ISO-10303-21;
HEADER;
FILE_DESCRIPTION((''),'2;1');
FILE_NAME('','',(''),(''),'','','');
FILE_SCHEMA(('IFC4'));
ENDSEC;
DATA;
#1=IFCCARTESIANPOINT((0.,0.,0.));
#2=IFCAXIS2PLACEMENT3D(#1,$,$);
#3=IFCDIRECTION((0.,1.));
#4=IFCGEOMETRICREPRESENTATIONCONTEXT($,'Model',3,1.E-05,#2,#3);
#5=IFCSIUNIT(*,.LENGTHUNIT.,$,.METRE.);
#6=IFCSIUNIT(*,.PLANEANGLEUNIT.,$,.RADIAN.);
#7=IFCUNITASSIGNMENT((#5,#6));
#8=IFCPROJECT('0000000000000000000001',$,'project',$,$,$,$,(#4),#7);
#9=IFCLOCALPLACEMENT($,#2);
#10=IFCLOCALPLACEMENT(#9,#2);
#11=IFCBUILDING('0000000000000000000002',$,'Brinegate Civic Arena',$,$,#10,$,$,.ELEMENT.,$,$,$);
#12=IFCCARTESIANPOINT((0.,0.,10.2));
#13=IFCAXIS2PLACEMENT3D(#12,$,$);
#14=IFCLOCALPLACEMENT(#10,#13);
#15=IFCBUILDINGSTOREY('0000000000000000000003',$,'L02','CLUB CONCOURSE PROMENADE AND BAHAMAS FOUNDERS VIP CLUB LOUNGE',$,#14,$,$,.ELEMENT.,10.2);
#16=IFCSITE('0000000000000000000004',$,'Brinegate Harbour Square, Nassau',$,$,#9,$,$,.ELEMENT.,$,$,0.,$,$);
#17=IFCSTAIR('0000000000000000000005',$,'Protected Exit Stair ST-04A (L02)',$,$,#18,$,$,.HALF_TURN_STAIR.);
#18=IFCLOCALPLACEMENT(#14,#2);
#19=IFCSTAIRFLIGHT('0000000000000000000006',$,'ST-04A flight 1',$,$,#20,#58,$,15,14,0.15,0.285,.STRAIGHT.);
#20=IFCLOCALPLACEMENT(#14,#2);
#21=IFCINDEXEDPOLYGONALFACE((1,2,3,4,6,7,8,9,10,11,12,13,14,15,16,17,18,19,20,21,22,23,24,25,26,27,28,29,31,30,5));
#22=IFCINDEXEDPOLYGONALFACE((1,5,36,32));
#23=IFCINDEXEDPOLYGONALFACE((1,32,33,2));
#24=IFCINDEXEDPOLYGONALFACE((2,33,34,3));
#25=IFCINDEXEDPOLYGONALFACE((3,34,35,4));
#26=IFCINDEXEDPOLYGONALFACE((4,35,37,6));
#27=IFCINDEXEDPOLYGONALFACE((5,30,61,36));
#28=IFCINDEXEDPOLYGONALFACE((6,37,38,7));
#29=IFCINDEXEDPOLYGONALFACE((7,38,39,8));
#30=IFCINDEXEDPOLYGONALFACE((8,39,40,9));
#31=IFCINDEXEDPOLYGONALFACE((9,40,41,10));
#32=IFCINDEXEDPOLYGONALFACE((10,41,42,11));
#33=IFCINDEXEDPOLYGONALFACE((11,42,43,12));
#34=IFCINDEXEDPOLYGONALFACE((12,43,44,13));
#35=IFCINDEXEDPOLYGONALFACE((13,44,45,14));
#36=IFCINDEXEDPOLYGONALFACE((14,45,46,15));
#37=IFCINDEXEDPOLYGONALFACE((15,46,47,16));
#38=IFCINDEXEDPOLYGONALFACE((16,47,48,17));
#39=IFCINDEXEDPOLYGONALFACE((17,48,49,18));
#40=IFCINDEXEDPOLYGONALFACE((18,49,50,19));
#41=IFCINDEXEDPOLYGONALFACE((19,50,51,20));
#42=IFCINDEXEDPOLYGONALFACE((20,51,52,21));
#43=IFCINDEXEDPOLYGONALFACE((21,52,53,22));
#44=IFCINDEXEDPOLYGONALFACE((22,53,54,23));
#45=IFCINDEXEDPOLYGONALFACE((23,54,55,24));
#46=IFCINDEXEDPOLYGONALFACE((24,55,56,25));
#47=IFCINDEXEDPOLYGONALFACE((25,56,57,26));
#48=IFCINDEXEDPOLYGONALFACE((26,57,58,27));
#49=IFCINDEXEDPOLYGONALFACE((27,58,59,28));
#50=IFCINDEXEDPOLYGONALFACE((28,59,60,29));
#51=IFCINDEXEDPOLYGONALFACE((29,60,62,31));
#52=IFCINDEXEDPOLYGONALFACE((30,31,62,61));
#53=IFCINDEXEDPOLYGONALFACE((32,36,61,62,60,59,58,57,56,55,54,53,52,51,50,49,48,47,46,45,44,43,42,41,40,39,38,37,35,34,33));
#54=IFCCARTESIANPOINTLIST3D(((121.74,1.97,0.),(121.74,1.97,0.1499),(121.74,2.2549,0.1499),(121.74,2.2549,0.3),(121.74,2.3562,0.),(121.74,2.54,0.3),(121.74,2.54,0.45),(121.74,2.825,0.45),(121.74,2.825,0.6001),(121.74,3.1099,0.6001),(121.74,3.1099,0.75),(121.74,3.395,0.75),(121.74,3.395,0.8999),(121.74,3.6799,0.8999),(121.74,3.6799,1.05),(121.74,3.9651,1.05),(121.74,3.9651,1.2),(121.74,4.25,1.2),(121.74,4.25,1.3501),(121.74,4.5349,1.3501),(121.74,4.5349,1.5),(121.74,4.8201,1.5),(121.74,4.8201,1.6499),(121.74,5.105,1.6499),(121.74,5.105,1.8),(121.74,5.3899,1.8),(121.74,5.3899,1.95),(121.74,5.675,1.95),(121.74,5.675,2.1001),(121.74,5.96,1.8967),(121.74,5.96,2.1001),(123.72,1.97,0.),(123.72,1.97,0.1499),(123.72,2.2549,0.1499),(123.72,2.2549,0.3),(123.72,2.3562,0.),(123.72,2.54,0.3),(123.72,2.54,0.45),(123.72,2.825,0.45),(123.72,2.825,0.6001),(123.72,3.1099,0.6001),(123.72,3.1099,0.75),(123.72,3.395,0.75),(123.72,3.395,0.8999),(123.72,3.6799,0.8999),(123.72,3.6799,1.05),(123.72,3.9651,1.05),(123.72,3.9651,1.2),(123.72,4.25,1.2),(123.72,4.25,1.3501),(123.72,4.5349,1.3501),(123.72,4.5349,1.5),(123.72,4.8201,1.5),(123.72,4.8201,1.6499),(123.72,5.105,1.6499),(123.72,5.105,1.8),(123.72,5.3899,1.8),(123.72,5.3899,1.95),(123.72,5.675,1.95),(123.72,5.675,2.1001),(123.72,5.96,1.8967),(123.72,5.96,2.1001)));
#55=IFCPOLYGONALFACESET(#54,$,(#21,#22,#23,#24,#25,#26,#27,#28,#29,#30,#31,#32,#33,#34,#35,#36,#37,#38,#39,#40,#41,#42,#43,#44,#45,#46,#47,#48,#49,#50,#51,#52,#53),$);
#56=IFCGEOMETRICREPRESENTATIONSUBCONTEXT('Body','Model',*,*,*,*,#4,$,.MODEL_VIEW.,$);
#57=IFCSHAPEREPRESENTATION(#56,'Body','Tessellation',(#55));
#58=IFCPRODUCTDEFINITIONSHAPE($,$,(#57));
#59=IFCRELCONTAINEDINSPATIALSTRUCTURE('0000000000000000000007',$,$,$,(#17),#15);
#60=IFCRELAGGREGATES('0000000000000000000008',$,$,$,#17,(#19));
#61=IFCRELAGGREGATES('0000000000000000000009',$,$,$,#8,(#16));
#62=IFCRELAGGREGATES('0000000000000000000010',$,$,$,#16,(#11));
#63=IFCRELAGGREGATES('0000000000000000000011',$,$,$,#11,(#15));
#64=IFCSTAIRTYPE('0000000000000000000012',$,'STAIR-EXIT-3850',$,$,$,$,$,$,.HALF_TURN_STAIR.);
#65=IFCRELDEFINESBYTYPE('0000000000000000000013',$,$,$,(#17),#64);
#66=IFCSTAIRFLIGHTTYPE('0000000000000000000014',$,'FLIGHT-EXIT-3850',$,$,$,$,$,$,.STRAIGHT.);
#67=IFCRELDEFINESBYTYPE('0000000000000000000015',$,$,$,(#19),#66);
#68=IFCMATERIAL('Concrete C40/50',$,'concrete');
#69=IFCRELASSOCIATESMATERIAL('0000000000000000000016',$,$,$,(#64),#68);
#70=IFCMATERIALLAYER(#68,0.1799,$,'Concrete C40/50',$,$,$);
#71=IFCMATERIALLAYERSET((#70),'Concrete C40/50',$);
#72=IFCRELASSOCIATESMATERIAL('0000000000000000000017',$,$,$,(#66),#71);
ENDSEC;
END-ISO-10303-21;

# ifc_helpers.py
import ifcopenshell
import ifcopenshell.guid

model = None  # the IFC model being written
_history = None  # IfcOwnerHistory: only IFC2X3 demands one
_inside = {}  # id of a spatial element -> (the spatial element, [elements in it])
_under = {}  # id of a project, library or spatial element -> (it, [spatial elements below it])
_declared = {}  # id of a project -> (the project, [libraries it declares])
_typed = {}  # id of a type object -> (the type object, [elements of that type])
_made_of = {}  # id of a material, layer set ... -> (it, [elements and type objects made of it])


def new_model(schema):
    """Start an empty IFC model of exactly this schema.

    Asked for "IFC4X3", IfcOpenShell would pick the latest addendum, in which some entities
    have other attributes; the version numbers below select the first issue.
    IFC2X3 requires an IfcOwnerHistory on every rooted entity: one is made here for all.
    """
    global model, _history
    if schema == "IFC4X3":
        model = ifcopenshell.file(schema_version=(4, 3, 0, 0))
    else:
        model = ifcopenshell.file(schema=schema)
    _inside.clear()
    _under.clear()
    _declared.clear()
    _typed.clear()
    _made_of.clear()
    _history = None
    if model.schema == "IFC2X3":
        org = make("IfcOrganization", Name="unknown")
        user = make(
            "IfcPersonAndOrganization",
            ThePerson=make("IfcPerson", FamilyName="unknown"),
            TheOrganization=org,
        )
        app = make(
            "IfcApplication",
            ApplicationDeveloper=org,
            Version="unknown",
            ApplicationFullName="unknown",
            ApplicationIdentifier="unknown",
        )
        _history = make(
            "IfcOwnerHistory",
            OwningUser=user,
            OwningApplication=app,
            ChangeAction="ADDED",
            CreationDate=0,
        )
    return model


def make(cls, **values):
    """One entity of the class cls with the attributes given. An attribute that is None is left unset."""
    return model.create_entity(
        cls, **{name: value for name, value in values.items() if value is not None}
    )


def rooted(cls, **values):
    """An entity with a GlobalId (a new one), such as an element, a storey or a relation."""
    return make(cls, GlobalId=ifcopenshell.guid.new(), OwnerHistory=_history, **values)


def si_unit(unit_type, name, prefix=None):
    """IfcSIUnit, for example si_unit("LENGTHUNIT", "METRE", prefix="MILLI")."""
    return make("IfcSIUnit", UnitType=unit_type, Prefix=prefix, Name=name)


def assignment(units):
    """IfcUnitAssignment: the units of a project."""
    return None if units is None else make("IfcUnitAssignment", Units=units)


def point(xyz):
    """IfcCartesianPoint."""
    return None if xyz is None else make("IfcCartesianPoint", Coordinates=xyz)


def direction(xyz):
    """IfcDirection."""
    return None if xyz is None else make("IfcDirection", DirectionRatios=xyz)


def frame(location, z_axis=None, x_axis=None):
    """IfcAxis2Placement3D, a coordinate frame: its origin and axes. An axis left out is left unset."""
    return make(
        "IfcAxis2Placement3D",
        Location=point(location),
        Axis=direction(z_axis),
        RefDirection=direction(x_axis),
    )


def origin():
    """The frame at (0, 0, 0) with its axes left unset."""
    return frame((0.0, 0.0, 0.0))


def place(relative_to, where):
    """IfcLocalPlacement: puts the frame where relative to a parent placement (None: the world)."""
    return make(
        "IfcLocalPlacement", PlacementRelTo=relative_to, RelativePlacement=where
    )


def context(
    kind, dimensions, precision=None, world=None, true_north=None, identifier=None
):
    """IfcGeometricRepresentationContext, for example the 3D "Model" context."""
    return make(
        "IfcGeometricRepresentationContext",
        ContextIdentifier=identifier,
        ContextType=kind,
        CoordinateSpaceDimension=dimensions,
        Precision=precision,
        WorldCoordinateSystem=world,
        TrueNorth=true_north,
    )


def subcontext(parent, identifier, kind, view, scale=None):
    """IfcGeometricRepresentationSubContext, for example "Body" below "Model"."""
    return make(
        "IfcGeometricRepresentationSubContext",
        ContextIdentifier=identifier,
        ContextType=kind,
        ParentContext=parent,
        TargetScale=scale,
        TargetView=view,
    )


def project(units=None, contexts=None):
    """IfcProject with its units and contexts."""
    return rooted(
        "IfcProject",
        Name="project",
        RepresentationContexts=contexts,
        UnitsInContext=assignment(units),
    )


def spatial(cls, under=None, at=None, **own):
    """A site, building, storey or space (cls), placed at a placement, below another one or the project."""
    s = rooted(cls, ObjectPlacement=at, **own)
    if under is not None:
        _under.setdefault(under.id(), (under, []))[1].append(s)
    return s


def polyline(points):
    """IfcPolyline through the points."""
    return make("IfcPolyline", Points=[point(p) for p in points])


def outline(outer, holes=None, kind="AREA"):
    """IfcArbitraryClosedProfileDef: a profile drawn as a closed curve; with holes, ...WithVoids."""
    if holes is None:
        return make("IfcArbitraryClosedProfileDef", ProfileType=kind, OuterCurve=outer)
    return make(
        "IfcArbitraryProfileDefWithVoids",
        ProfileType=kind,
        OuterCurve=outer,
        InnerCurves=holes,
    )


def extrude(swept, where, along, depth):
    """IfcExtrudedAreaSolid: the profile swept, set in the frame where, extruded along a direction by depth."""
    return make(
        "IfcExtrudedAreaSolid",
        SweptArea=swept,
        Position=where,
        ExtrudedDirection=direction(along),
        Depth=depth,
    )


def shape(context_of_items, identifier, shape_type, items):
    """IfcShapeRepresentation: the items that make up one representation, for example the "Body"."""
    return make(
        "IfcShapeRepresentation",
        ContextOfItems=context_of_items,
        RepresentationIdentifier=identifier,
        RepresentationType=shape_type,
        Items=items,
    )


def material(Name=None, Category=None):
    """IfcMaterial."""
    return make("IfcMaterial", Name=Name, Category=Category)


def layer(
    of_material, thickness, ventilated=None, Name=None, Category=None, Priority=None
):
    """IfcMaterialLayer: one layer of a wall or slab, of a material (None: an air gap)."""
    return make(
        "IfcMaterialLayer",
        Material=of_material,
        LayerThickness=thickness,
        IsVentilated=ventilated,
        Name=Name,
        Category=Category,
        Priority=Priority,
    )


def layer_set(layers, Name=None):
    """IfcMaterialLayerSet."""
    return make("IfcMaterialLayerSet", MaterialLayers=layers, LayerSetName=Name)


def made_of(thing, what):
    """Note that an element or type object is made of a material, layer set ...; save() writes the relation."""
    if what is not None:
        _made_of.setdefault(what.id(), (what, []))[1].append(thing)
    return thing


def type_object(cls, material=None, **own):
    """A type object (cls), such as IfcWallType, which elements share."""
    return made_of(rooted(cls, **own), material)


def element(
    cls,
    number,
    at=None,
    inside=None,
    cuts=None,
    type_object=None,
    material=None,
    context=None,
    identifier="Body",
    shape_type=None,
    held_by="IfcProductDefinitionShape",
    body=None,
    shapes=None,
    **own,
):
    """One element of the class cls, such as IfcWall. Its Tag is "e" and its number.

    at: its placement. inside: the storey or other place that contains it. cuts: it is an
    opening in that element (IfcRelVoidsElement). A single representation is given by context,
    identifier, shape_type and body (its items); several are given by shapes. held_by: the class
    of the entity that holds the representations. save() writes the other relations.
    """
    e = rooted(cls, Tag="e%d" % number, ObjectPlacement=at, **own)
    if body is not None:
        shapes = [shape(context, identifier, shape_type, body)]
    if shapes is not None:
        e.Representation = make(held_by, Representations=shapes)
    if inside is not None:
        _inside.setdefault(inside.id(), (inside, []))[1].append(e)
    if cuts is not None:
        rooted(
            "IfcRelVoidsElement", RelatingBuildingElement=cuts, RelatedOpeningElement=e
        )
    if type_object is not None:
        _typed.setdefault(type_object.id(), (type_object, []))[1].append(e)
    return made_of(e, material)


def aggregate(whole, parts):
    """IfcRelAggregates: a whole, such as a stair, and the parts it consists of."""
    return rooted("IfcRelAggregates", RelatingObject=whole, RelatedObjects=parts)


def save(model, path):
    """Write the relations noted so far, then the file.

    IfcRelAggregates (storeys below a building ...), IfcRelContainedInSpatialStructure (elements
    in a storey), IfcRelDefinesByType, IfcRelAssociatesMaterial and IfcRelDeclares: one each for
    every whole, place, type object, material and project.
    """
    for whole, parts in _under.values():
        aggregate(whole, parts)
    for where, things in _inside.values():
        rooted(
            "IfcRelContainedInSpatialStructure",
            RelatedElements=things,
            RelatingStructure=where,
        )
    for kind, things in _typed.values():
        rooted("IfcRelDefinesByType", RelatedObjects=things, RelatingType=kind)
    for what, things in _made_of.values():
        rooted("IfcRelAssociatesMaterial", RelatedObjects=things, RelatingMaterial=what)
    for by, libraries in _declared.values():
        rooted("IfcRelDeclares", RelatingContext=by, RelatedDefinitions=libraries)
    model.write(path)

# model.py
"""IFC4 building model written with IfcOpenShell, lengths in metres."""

from ifc_helpers import new_model, si_unit, direction, frame, origin, place, context, subcontext, project, spatial, polyline, outline, extrude, material, layer, layer_set, type_object, element, aggregate, save


model = new_model("IFC4")

# Units and contexts
model_context = context("Model", 3, precision=1e-05, world=origin(), true_north=direction((0.0, 1.0)))
body_context = subcontext(model_context, "Body", "Model", "MODEL_VIEW")
ifc_project = project(units=[si_unit("LENGTHUNIT", "METRE"), si_unit("PLANEANGLEUNIT", "RADIAN")], contexts=[model_context])

# Site, building, storey
site_placement = place(None, origin())
site = spatial("IfcSite", under=ifc_project, at=site_placement, Name="Brinegate Harbour Square, Nassau", CompositionType="ELEMENT", RefElevation=0.0)
building_placement = place(site_placement, origin())
building = spatial("IfcBuilding", under=site, at=building_placement, Name="Brinegate Civic Arena", CompositionType="ELEMENT")
storey_placement = place(building_placement, frame((0.0, 0.0, 10.2)))
storey = spatial("IfcBuildingStorey", under=building, at=storey_placement, Name="L02", Description="CLUB CONCOURSE PROMENADE AND BAHAMAS FOUNDERS VIP CLUB LOUNGE", CompositionType="ELEMENT", Elevation=10.2)

# Stair, stair flight
ifc_material_1 = material(Name="Concrete C40/50", Category="concrete")
stair_type_1 = type_object("IfcStairType", Name="STAIR-EXIT-3850", PredefinedType="HALF_TURN_STAIR", material=ifc_material_1)
stair_1_placement = place(storey_placement, origin())
stair_1 = element("IfcStair", 1, at=stair_1_placement, inside=storey, type_object=stair_type_1, Name="Protected Exit Stair ST-04A (L02)", PredefinedType="HALF_TURN_STAIR")
ifc_layer_1 = layer(ifc_material_1, 0.1799, Name="Concrete C40/50")
ifc_layer_set_1 = layer_set([ifc_layer_1], Name="Concrete C40/50")
stair_flight_type_1 = type_object("IfcStairFlightType", Name="FLIGHT-EXIT-3850", PredefinedType="STRAIGHT", material=ifc_layer_set_1)
stair_flight_1_placement = place(storey_placement, frame((122.73, 1.97, 0.0), z_axis=(0.0, 0.0, 1.0), x_axis=(0.0, 1.0, 0.0)))
stair_flight_1 = element("IfcStairFlight", 2, at=stair_flight_1_placement, type_object=stair_flight_type_1, Name="ST-04A flight 1", NumberOfRisers=15, NumberOfTreads=14, PredefinedType="STRAIGHT", RiserHeight=0.15, TreadLength=0.285, context=body_context, shape_type="SweptSolid", body=[
    extrude(outline(polyline([(0.0, 0.0), (0.0, 0.1499), (0.2849, 0.1499), (0.2849, 0.3), (0.5701, 0.3), (0.5701, 0.45), (0.855, 0.45), (0.855, 0.6001), (1.1399, 0.6001), (1.1399, 0.75), (1.425, 0.75), (1.425, 0.8999), (1.71, 0.8999), (1.71, 1.05), (1.9951, 1.05), (1.9951, 1.2), (2.28, 1.2), (2.28, 1.3501), (2.5649, 1.3501), (2.5649, 1.5), (2.8501, 1.5), (2.8501, 1.6499), (3.135, 1.6499), (3.135, 1.8), (3.4199, 1.8), (3.4199, 1.95), (3.7051, 1.95), (3.7051, 2.1001), (3.99, 2.1001), (3.99, 2.25), (3.99, 1.8967), (0.3862, 0.0), (0.0, 0.0)])), frame((0.0, 0.99, 0.0), z_axis=(0.0, -1.0, 0.0), x_axis=(1.0, 0.0, 0.0)), (0.0, 0.0, 1.0), 1.98),
])
aggregate(stair_1, [stair_flight_1])

save(model, "model.ifc")
